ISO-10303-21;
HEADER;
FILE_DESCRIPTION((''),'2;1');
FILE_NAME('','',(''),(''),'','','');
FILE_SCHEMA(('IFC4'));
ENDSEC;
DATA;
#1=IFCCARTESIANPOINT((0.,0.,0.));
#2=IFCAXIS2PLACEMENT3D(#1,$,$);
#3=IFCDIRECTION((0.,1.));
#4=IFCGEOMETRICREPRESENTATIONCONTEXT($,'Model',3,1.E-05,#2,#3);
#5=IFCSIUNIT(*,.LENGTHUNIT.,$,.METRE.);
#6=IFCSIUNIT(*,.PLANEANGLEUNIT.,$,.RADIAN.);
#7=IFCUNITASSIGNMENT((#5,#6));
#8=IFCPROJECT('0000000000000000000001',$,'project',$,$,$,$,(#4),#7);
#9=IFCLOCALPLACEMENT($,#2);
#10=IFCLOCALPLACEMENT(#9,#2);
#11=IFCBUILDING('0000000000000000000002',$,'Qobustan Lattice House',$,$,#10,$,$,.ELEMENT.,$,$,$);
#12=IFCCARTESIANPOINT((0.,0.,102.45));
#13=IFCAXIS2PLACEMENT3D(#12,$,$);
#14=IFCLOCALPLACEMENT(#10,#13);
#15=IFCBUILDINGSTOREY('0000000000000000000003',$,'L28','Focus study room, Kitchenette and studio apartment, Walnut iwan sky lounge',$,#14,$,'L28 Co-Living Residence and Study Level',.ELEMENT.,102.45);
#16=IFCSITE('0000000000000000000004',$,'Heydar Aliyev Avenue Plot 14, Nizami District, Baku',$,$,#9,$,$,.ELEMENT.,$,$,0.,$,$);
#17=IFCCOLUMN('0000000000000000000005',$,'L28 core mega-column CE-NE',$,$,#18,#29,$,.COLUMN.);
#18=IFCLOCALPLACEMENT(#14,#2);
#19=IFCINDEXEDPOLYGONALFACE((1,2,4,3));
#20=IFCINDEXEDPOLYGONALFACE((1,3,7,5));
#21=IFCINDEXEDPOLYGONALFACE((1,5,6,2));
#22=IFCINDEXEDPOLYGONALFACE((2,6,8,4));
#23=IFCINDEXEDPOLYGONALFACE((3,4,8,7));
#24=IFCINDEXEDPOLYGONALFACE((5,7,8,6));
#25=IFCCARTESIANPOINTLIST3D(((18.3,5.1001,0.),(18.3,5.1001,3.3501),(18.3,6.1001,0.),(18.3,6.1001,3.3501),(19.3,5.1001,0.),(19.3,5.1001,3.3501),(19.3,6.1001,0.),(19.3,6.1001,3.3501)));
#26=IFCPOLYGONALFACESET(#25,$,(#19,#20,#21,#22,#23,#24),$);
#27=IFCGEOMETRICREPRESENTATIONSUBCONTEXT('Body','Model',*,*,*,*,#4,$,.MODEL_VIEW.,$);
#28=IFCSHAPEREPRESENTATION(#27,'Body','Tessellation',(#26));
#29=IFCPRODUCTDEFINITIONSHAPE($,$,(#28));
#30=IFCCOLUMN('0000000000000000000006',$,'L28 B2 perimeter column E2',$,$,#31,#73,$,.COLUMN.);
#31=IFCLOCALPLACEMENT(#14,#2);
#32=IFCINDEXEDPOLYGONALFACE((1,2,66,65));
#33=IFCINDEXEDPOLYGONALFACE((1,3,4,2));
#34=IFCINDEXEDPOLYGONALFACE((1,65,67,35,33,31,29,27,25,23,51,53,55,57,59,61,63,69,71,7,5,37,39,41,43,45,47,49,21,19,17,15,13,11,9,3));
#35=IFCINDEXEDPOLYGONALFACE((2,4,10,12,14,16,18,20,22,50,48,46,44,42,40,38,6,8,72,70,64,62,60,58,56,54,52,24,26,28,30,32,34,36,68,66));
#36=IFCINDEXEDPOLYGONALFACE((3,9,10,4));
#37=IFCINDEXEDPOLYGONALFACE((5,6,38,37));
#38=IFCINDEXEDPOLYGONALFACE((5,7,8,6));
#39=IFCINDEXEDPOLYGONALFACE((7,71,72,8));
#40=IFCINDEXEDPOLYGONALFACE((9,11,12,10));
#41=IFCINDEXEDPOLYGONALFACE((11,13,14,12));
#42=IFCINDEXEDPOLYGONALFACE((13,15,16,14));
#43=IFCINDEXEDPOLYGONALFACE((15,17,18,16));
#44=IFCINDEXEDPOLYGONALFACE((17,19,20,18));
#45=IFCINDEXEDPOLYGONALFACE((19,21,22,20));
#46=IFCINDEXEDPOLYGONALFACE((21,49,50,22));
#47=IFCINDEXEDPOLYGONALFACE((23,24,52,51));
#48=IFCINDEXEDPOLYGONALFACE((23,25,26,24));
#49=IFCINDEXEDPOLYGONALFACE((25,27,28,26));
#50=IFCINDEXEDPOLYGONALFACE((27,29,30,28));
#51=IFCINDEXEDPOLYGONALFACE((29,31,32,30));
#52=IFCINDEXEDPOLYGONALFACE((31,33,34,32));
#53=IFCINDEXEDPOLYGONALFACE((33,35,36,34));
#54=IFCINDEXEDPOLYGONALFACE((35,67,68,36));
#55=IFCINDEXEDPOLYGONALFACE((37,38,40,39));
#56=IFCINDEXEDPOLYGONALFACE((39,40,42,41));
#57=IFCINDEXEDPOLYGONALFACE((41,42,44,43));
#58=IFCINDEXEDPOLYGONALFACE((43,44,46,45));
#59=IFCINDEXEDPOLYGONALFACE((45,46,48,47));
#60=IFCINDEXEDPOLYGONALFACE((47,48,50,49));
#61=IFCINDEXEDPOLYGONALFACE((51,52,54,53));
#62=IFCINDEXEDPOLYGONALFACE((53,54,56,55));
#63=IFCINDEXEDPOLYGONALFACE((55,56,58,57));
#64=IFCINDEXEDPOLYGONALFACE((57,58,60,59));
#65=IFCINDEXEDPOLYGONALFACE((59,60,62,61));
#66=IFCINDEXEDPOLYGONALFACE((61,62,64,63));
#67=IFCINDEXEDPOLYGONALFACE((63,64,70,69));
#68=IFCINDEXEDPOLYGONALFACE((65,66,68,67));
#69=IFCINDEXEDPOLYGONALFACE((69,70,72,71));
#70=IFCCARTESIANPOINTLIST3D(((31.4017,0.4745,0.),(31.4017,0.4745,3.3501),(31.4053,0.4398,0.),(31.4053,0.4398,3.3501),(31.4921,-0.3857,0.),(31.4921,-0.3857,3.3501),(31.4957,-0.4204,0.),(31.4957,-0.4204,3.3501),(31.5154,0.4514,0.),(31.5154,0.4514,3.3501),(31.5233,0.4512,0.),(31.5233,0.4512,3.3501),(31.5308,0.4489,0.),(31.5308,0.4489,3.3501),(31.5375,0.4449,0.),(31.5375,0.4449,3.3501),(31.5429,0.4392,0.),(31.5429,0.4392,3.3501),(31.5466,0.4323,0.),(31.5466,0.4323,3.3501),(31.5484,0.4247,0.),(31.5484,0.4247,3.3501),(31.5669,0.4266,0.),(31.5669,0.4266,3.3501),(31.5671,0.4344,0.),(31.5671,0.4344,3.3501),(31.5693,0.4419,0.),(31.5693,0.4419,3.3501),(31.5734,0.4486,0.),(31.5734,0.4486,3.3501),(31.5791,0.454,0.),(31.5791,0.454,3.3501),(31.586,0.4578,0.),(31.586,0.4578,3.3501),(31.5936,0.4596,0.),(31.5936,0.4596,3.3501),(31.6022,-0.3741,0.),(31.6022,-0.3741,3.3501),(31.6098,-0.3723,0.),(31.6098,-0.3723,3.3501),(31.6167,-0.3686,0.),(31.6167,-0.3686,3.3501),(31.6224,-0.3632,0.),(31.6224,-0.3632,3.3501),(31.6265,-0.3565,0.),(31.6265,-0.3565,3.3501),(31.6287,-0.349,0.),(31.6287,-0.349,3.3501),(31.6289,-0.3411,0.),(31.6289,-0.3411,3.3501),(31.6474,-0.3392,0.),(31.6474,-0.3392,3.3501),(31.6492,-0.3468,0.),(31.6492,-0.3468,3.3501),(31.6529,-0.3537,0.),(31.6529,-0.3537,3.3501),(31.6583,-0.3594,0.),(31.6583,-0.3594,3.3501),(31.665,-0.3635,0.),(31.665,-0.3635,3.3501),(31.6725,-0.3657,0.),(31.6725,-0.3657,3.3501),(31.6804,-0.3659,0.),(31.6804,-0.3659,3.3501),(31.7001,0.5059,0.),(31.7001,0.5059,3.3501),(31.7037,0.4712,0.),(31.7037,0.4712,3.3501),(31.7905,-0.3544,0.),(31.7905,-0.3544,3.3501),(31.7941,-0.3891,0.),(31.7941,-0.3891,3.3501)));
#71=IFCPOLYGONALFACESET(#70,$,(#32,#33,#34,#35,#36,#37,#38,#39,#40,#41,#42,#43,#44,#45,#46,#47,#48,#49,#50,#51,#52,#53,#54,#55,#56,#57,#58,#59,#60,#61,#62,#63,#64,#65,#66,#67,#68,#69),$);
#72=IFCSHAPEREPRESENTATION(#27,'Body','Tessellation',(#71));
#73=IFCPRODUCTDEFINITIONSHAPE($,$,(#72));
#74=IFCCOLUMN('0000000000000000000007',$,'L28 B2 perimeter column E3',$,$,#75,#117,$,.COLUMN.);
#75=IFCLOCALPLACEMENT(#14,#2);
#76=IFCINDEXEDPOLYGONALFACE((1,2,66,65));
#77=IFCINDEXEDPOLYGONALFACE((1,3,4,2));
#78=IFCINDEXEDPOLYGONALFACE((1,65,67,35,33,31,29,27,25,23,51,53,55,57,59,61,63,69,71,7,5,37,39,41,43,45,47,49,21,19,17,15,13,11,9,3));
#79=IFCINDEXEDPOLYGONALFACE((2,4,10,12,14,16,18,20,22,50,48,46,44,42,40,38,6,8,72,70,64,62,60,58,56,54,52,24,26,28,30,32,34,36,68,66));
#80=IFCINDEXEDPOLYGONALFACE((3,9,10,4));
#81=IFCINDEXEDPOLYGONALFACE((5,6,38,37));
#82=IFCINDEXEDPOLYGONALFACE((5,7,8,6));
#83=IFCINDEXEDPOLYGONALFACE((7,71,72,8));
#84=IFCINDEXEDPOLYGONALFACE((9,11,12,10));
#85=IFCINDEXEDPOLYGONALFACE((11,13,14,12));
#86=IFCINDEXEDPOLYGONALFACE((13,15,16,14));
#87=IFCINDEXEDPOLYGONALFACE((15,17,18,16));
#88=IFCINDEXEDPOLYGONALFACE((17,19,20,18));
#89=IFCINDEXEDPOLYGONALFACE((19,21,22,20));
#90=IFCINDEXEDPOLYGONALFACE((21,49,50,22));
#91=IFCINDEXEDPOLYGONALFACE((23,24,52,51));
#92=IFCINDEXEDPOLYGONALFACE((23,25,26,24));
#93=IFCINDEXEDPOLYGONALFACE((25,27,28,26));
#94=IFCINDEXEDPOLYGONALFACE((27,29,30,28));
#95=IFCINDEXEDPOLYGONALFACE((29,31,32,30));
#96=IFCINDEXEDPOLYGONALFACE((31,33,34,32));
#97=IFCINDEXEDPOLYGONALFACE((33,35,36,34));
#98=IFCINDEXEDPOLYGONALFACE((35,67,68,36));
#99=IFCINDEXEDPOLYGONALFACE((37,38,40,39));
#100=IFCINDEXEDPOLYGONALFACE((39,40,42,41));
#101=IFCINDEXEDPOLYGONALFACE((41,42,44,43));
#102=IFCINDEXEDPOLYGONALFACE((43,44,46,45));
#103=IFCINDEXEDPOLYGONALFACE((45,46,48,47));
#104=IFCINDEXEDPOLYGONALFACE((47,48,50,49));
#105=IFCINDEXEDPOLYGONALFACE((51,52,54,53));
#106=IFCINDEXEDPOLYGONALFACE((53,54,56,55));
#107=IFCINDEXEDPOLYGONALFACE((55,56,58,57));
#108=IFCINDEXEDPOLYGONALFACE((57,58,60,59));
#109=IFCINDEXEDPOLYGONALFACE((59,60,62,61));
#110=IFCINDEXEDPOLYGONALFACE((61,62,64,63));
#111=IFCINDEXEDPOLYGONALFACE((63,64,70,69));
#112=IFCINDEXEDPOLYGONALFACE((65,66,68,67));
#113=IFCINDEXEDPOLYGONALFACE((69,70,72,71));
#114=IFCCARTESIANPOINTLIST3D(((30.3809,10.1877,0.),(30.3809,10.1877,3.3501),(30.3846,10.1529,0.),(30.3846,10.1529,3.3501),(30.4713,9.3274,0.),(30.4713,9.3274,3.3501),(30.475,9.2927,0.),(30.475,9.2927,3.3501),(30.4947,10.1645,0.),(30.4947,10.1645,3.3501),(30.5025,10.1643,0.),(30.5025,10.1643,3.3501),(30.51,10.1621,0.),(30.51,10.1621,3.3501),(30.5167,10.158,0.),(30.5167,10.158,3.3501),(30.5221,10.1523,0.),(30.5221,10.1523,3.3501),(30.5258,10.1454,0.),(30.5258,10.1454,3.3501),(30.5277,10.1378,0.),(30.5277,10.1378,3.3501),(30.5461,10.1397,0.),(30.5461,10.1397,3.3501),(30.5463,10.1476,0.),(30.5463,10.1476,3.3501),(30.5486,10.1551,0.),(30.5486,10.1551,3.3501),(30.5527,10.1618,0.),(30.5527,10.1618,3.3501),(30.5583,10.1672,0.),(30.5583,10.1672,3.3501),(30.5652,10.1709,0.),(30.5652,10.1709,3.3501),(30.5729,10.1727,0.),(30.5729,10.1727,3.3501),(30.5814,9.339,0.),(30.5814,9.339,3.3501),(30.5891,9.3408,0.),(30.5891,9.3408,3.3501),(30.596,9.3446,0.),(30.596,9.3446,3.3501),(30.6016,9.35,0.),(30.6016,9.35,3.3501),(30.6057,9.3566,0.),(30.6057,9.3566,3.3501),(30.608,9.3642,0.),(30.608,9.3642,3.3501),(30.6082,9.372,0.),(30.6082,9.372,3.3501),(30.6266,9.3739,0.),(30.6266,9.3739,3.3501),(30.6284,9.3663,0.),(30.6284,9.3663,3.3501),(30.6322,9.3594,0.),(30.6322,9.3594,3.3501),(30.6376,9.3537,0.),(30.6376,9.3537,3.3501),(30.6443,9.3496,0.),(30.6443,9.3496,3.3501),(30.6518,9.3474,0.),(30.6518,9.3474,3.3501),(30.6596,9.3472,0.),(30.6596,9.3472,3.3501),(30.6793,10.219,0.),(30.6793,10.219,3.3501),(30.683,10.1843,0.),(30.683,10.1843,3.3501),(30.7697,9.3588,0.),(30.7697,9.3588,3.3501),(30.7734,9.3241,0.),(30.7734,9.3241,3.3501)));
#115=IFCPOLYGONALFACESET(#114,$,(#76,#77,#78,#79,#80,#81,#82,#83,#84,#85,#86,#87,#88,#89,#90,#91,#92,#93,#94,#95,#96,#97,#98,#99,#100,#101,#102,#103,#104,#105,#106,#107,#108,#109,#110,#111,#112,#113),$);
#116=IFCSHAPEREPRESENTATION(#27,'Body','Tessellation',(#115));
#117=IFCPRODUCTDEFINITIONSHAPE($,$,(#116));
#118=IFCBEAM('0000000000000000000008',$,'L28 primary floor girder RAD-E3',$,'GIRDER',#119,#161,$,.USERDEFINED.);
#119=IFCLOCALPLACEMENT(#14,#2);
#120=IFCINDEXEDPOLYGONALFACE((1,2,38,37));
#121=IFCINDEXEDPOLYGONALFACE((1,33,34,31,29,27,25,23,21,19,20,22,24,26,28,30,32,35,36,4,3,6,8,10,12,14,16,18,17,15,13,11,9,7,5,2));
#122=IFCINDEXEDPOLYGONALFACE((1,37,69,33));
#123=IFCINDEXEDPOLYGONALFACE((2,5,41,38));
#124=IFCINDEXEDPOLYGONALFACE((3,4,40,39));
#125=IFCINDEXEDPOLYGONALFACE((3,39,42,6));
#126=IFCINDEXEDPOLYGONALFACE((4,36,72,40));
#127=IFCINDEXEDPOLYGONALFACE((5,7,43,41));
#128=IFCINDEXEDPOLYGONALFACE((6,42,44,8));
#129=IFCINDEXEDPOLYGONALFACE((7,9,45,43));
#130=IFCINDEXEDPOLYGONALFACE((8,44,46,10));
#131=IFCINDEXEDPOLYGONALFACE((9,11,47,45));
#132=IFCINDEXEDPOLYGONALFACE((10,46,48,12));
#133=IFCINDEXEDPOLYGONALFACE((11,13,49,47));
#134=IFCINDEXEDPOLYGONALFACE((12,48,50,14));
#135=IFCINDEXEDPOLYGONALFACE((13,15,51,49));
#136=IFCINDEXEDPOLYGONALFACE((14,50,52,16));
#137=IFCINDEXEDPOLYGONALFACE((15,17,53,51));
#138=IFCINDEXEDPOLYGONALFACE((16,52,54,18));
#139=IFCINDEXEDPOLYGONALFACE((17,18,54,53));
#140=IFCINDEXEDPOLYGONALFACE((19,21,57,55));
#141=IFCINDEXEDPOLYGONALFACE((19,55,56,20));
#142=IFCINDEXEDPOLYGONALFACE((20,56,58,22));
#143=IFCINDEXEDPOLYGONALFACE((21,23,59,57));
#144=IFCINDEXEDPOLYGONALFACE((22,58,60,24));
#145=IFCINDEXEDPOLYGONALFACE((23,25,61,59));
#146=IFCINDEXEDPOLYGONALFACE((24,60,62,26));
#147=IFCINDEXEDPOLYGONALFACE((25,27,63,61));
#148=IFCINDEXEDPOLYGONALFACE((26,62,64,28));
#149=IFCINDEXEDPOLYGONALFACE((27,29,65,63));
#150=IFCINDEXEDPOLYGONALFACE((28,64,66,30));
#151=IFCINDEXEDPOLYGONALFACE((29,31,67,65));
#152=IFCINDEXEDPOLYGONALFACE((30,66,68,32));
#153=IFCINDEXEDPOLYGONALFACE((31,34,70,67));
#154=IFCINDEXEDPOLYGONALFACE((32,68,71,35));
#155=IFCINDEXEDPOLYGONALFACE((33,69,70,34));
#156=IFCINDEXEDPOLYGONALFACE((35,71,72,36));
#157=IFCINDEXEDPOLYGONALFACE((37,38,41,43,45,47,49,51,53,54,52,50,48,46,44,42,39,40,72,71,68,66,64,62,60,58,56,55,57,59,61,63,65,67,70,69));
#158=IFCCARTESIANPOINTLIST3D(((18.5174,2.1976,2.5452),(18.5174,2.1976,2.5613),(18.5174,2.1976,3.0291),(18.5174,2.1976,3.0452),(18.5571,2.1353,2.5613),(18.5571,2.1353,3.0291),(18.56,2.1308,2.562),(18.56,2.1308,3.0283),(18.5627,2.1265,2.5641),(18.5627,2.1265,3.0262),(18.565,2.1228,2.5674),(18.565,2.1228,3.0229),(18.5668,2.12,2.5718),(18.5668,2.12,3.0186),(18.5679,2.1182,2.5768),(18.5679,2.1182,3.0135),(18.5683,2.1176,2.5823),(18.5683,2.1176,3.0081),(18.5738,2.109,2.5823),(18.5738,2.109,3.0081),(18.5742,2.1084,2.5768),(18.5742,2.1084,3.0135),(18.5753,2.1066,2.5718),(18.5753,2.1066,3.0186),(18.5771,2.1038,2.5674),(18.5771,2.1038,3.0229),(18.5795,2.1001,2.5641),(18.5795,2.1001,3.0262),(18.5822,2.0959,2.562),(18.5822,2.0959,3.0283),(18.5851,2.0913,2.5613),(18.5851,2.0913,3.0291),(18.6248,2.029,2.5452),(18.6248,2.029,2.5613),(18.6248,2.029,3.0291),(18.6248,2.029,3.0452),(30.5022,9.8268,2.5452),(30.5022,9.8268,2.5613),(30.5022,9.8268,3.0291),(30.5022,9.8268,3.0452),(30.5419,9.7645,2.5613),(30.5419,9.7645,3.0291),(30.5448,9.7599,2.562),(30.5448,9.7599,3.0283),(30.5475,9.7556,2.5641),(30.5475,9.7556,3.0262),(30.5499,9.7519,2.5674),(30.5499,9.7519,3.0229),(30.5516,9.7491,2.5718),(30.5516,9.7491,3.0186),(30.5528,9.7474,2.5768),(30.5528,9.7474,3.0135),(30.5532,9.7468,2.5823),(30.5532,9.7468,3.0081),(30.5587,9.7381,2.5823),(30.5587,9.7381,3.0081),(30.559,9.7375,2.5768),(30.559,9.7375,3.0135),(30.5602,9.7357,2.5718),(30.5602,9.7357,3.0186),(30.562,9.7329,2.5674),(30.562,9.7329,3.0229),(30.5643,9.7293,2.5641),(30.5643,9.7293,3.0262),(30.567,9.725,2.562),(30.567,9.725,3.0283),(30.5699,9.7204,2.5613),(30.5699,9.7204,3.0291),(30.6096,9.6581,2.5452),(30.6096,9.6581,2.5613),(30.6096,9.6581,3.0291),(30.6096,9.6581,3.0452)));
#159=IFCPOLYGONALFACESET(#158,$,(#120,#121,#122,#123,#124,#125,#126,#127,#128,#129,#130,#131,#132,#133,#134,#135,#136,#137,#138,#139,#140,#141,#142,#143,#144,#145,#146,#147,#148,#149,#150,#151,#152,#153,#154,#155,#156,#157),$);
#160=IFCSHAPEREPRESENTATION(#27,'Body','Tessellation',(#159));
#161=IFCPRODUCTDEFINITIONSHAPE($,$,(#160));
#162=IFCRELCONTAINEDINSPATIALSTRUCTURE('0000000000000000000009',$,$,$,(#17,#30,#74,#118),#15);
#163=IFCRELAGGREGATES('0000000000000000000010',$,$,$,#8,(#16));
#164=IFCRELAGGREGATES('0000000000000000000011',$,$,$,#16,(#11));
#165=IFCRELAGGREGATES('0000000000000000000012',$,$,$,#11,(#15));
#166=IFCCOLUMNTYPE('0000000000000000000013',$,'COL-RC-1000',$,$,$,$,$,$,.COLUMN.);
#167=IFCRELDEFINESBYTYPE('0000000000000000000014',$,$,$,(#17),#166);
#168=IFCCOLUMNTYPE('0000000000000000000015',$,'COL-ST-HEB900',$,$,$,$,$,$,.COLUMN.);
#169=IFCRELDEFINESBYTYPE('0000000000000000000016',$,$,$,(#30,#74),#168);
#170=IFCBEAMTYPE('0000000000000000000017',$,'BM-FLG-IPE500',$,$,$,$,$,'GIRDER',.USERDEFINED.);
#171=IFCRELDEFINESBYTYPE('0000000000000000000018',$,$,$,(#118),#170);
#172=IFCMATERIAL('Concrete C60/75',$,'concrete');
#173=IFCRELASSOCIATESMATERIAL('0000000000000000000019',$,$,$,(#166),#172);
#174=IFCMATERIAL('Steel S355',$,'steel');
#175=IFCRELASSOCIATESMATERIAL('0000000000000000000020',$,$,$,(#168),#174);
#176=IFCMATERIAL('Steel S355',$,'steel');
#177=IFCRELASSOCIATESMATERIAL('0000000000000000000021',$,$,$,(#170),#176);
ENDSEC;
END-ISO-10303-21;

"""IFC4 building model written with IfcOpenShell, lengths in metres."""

from ifc_helpers import new_model, si_unit, direction, frame, origin, origin_2d, place, context, subcontext, project, spatial, rectangle, i_section, extrude, material, material_profile, profile_set, type_object, element, save


model = new_model("IFC4")

# Units and contexts
model_context = context("Model", 3, precision=1e-05, world=origin(), true_north=direction((0.0, 1.0)))
body_context = subcontext(model_context, "Body", "Model", "MODEL_VIEW")
ifc_project = project(units=[si_unit("LENGTHUNIT", "METRE"), si_unit("PLANEANGLEUNIT", "RADIAN")], contexts=[model_context])

# Site, building, storey
site_placement = place(None, origin())
site = spatial("IfcSite", under=ifc_project, at=site_placement, Name="Heydar Aliyev Avenue Plot 14, Nizami District, Baku", CompositionType="ELEMENT", RefElevation=0.0)
building_placement = place(site_placement, origin())
building = spatial("IfcBuilding", under=site, at=building_placement, Name="Qobustan Lattice House", CompositionType="ELEMENT")
storey_placement = place(building_placement, frame((0.0, 0.0, 102.45)))
storey = spatial("IfcBuildingStorey", under=building, at=storey_placement, Name="L28", Description="Focus study room, Kitchenette and studio apartment, Walnut iwan sky lounge", LongName="L28 Co-Living Residence and Study Level", CompositionType="ELEMENT", Elevation=102.45)

# Columns
ifc_material_1 = material(Name="Concrete C60/75", Category="concrete")
ifc_material_profile_1 = material_profile(ifc_material_1, rectangle(XDim=1.0, YDim=1.0, at=origin_2d()), Name="RC1000x1000")
ifc_profile_set_1 = profile_set([ifc_material_profile_1], Name="Concrete C60/75")
column_type_1 = type_object("IfcColumnType", Name="COL-RC-1000", PredefinedType="COLUMN", material=ifc_profile_set_1)
column_placement = place(storey_placement, frame((18.8, 5.6001, 0.0), z_axis=(0.0, 0.0, 1.0), x_axis=(1.0, 0.0, 0.0)))
element("IfcColumn", 1, at=column_placement, inside=storey, type_object=column_type_1, Name="L28 core mega-column CE-NE", PredefinedType="COLUMN", context=body_context, shape_type="SweptSolid", body=[
    extrude(rectangle(XDim=1.0, YDim=1.0, at=origin_2d()), origin(), (0.0, 0.0, 1.0), 3.3501),
])
ifc_material_2 = material(Name="Steel S355", Category="steel")
ifc_material_profile_2 = material_profile(ifc_material_2, i_section(OverallWidth=0.3, OverallDepth=0.8999, WebThickness=0.0186, FlangeThickness=0.0349, FilletRadius=0.03, at=origin_2d()), Name="HEB900")
ifc_profile_set_2 = profile_set([ifc_material_profile_2], Name="Steel S355")
column_type_2 = type_object("IfcColumnType", Name="COL-ST-HEB900", PredefinedType="COLUMN", material=ifc_profile_set_2)
for number, where, z_axis, x_axis, name in (
    (2, (31.5979, 0.0427, 0.0), (0.0, 0.0, 1.0), (0.994522, 0.104528, 0.0), "L28 B2 perimeter column E2"),
    (3, (30.5771, 9.7559, 0.0), (0.0, 0.0, 1.0), (0.994522, 0.104528, 0.0), "L28 B2 perimeter column E3"),
):
    element("IfcColumn", number, at=place(storey_placement, frame(where, z_axis=z_axis, x_axis=x_axis)), inside=storey, type_object=column_type_2, Name=name, PredefinedType="COLUMN", context=body_context, shape_type="SweptSolid", body=[
        extrude(i_section(OverallWidth=0.3, OverallDepth=0.8999, WebThickness=0.0186, FlangeThickness=0.0349, FilletRadius=0.03, at=origin_2d()), origin(), (0.0, 0.0, 1.0), 3.3501),
    ])

# Beam
ifc_material_3 = material(Name="Steel S355", Category="steel")
ifc_material_profile_3 = material_profile(ifc_material_3, i_section(OverallWidth=0.2, OverallDepth=0.5, WebThickness=0.0103, FlangeThickness=0.0161, FilletRadius=0.021, at=origin_2d()), Name="IPE500")
ifc_profile_set_3 = profile_set([ifc_material_profile_3], Name="Steel S355")
beam_type_1 = type_object("IfcBeamType", Name="BM-FLG-IPE500", ElementType="GIRDER", PredefinedType="USERDEFINED", material=ifc_profile_set_3)
beam_1_placement = place(storey_placement, frame((30.5559, 9.7424, 2.7952), z_axis=(-0.843584, -0.536997, 0.0), x_axis=(0.536997, -0.843584, 0.0)))
element("IfcBeam", 4, at=beam_1_placement, inside=storey, type_object=beam_type_1, Name="L28 primary floor girder RAD-E3", ObjectType="GIRDER", PredefinedType="USERDEFINED", context=body_context, shape_type="SweptSolid", body=[
    extrude(i_section(OverallWidth=0.2, OverallDepth=0.5, WebThickness=0.0103, FlangeThickness=0.0161, FilletRadius=0.021, at=origin_2d()), origin(), (0.0, 0.0, 1.0), 14.207),
])

save(model, "model.ifc")
